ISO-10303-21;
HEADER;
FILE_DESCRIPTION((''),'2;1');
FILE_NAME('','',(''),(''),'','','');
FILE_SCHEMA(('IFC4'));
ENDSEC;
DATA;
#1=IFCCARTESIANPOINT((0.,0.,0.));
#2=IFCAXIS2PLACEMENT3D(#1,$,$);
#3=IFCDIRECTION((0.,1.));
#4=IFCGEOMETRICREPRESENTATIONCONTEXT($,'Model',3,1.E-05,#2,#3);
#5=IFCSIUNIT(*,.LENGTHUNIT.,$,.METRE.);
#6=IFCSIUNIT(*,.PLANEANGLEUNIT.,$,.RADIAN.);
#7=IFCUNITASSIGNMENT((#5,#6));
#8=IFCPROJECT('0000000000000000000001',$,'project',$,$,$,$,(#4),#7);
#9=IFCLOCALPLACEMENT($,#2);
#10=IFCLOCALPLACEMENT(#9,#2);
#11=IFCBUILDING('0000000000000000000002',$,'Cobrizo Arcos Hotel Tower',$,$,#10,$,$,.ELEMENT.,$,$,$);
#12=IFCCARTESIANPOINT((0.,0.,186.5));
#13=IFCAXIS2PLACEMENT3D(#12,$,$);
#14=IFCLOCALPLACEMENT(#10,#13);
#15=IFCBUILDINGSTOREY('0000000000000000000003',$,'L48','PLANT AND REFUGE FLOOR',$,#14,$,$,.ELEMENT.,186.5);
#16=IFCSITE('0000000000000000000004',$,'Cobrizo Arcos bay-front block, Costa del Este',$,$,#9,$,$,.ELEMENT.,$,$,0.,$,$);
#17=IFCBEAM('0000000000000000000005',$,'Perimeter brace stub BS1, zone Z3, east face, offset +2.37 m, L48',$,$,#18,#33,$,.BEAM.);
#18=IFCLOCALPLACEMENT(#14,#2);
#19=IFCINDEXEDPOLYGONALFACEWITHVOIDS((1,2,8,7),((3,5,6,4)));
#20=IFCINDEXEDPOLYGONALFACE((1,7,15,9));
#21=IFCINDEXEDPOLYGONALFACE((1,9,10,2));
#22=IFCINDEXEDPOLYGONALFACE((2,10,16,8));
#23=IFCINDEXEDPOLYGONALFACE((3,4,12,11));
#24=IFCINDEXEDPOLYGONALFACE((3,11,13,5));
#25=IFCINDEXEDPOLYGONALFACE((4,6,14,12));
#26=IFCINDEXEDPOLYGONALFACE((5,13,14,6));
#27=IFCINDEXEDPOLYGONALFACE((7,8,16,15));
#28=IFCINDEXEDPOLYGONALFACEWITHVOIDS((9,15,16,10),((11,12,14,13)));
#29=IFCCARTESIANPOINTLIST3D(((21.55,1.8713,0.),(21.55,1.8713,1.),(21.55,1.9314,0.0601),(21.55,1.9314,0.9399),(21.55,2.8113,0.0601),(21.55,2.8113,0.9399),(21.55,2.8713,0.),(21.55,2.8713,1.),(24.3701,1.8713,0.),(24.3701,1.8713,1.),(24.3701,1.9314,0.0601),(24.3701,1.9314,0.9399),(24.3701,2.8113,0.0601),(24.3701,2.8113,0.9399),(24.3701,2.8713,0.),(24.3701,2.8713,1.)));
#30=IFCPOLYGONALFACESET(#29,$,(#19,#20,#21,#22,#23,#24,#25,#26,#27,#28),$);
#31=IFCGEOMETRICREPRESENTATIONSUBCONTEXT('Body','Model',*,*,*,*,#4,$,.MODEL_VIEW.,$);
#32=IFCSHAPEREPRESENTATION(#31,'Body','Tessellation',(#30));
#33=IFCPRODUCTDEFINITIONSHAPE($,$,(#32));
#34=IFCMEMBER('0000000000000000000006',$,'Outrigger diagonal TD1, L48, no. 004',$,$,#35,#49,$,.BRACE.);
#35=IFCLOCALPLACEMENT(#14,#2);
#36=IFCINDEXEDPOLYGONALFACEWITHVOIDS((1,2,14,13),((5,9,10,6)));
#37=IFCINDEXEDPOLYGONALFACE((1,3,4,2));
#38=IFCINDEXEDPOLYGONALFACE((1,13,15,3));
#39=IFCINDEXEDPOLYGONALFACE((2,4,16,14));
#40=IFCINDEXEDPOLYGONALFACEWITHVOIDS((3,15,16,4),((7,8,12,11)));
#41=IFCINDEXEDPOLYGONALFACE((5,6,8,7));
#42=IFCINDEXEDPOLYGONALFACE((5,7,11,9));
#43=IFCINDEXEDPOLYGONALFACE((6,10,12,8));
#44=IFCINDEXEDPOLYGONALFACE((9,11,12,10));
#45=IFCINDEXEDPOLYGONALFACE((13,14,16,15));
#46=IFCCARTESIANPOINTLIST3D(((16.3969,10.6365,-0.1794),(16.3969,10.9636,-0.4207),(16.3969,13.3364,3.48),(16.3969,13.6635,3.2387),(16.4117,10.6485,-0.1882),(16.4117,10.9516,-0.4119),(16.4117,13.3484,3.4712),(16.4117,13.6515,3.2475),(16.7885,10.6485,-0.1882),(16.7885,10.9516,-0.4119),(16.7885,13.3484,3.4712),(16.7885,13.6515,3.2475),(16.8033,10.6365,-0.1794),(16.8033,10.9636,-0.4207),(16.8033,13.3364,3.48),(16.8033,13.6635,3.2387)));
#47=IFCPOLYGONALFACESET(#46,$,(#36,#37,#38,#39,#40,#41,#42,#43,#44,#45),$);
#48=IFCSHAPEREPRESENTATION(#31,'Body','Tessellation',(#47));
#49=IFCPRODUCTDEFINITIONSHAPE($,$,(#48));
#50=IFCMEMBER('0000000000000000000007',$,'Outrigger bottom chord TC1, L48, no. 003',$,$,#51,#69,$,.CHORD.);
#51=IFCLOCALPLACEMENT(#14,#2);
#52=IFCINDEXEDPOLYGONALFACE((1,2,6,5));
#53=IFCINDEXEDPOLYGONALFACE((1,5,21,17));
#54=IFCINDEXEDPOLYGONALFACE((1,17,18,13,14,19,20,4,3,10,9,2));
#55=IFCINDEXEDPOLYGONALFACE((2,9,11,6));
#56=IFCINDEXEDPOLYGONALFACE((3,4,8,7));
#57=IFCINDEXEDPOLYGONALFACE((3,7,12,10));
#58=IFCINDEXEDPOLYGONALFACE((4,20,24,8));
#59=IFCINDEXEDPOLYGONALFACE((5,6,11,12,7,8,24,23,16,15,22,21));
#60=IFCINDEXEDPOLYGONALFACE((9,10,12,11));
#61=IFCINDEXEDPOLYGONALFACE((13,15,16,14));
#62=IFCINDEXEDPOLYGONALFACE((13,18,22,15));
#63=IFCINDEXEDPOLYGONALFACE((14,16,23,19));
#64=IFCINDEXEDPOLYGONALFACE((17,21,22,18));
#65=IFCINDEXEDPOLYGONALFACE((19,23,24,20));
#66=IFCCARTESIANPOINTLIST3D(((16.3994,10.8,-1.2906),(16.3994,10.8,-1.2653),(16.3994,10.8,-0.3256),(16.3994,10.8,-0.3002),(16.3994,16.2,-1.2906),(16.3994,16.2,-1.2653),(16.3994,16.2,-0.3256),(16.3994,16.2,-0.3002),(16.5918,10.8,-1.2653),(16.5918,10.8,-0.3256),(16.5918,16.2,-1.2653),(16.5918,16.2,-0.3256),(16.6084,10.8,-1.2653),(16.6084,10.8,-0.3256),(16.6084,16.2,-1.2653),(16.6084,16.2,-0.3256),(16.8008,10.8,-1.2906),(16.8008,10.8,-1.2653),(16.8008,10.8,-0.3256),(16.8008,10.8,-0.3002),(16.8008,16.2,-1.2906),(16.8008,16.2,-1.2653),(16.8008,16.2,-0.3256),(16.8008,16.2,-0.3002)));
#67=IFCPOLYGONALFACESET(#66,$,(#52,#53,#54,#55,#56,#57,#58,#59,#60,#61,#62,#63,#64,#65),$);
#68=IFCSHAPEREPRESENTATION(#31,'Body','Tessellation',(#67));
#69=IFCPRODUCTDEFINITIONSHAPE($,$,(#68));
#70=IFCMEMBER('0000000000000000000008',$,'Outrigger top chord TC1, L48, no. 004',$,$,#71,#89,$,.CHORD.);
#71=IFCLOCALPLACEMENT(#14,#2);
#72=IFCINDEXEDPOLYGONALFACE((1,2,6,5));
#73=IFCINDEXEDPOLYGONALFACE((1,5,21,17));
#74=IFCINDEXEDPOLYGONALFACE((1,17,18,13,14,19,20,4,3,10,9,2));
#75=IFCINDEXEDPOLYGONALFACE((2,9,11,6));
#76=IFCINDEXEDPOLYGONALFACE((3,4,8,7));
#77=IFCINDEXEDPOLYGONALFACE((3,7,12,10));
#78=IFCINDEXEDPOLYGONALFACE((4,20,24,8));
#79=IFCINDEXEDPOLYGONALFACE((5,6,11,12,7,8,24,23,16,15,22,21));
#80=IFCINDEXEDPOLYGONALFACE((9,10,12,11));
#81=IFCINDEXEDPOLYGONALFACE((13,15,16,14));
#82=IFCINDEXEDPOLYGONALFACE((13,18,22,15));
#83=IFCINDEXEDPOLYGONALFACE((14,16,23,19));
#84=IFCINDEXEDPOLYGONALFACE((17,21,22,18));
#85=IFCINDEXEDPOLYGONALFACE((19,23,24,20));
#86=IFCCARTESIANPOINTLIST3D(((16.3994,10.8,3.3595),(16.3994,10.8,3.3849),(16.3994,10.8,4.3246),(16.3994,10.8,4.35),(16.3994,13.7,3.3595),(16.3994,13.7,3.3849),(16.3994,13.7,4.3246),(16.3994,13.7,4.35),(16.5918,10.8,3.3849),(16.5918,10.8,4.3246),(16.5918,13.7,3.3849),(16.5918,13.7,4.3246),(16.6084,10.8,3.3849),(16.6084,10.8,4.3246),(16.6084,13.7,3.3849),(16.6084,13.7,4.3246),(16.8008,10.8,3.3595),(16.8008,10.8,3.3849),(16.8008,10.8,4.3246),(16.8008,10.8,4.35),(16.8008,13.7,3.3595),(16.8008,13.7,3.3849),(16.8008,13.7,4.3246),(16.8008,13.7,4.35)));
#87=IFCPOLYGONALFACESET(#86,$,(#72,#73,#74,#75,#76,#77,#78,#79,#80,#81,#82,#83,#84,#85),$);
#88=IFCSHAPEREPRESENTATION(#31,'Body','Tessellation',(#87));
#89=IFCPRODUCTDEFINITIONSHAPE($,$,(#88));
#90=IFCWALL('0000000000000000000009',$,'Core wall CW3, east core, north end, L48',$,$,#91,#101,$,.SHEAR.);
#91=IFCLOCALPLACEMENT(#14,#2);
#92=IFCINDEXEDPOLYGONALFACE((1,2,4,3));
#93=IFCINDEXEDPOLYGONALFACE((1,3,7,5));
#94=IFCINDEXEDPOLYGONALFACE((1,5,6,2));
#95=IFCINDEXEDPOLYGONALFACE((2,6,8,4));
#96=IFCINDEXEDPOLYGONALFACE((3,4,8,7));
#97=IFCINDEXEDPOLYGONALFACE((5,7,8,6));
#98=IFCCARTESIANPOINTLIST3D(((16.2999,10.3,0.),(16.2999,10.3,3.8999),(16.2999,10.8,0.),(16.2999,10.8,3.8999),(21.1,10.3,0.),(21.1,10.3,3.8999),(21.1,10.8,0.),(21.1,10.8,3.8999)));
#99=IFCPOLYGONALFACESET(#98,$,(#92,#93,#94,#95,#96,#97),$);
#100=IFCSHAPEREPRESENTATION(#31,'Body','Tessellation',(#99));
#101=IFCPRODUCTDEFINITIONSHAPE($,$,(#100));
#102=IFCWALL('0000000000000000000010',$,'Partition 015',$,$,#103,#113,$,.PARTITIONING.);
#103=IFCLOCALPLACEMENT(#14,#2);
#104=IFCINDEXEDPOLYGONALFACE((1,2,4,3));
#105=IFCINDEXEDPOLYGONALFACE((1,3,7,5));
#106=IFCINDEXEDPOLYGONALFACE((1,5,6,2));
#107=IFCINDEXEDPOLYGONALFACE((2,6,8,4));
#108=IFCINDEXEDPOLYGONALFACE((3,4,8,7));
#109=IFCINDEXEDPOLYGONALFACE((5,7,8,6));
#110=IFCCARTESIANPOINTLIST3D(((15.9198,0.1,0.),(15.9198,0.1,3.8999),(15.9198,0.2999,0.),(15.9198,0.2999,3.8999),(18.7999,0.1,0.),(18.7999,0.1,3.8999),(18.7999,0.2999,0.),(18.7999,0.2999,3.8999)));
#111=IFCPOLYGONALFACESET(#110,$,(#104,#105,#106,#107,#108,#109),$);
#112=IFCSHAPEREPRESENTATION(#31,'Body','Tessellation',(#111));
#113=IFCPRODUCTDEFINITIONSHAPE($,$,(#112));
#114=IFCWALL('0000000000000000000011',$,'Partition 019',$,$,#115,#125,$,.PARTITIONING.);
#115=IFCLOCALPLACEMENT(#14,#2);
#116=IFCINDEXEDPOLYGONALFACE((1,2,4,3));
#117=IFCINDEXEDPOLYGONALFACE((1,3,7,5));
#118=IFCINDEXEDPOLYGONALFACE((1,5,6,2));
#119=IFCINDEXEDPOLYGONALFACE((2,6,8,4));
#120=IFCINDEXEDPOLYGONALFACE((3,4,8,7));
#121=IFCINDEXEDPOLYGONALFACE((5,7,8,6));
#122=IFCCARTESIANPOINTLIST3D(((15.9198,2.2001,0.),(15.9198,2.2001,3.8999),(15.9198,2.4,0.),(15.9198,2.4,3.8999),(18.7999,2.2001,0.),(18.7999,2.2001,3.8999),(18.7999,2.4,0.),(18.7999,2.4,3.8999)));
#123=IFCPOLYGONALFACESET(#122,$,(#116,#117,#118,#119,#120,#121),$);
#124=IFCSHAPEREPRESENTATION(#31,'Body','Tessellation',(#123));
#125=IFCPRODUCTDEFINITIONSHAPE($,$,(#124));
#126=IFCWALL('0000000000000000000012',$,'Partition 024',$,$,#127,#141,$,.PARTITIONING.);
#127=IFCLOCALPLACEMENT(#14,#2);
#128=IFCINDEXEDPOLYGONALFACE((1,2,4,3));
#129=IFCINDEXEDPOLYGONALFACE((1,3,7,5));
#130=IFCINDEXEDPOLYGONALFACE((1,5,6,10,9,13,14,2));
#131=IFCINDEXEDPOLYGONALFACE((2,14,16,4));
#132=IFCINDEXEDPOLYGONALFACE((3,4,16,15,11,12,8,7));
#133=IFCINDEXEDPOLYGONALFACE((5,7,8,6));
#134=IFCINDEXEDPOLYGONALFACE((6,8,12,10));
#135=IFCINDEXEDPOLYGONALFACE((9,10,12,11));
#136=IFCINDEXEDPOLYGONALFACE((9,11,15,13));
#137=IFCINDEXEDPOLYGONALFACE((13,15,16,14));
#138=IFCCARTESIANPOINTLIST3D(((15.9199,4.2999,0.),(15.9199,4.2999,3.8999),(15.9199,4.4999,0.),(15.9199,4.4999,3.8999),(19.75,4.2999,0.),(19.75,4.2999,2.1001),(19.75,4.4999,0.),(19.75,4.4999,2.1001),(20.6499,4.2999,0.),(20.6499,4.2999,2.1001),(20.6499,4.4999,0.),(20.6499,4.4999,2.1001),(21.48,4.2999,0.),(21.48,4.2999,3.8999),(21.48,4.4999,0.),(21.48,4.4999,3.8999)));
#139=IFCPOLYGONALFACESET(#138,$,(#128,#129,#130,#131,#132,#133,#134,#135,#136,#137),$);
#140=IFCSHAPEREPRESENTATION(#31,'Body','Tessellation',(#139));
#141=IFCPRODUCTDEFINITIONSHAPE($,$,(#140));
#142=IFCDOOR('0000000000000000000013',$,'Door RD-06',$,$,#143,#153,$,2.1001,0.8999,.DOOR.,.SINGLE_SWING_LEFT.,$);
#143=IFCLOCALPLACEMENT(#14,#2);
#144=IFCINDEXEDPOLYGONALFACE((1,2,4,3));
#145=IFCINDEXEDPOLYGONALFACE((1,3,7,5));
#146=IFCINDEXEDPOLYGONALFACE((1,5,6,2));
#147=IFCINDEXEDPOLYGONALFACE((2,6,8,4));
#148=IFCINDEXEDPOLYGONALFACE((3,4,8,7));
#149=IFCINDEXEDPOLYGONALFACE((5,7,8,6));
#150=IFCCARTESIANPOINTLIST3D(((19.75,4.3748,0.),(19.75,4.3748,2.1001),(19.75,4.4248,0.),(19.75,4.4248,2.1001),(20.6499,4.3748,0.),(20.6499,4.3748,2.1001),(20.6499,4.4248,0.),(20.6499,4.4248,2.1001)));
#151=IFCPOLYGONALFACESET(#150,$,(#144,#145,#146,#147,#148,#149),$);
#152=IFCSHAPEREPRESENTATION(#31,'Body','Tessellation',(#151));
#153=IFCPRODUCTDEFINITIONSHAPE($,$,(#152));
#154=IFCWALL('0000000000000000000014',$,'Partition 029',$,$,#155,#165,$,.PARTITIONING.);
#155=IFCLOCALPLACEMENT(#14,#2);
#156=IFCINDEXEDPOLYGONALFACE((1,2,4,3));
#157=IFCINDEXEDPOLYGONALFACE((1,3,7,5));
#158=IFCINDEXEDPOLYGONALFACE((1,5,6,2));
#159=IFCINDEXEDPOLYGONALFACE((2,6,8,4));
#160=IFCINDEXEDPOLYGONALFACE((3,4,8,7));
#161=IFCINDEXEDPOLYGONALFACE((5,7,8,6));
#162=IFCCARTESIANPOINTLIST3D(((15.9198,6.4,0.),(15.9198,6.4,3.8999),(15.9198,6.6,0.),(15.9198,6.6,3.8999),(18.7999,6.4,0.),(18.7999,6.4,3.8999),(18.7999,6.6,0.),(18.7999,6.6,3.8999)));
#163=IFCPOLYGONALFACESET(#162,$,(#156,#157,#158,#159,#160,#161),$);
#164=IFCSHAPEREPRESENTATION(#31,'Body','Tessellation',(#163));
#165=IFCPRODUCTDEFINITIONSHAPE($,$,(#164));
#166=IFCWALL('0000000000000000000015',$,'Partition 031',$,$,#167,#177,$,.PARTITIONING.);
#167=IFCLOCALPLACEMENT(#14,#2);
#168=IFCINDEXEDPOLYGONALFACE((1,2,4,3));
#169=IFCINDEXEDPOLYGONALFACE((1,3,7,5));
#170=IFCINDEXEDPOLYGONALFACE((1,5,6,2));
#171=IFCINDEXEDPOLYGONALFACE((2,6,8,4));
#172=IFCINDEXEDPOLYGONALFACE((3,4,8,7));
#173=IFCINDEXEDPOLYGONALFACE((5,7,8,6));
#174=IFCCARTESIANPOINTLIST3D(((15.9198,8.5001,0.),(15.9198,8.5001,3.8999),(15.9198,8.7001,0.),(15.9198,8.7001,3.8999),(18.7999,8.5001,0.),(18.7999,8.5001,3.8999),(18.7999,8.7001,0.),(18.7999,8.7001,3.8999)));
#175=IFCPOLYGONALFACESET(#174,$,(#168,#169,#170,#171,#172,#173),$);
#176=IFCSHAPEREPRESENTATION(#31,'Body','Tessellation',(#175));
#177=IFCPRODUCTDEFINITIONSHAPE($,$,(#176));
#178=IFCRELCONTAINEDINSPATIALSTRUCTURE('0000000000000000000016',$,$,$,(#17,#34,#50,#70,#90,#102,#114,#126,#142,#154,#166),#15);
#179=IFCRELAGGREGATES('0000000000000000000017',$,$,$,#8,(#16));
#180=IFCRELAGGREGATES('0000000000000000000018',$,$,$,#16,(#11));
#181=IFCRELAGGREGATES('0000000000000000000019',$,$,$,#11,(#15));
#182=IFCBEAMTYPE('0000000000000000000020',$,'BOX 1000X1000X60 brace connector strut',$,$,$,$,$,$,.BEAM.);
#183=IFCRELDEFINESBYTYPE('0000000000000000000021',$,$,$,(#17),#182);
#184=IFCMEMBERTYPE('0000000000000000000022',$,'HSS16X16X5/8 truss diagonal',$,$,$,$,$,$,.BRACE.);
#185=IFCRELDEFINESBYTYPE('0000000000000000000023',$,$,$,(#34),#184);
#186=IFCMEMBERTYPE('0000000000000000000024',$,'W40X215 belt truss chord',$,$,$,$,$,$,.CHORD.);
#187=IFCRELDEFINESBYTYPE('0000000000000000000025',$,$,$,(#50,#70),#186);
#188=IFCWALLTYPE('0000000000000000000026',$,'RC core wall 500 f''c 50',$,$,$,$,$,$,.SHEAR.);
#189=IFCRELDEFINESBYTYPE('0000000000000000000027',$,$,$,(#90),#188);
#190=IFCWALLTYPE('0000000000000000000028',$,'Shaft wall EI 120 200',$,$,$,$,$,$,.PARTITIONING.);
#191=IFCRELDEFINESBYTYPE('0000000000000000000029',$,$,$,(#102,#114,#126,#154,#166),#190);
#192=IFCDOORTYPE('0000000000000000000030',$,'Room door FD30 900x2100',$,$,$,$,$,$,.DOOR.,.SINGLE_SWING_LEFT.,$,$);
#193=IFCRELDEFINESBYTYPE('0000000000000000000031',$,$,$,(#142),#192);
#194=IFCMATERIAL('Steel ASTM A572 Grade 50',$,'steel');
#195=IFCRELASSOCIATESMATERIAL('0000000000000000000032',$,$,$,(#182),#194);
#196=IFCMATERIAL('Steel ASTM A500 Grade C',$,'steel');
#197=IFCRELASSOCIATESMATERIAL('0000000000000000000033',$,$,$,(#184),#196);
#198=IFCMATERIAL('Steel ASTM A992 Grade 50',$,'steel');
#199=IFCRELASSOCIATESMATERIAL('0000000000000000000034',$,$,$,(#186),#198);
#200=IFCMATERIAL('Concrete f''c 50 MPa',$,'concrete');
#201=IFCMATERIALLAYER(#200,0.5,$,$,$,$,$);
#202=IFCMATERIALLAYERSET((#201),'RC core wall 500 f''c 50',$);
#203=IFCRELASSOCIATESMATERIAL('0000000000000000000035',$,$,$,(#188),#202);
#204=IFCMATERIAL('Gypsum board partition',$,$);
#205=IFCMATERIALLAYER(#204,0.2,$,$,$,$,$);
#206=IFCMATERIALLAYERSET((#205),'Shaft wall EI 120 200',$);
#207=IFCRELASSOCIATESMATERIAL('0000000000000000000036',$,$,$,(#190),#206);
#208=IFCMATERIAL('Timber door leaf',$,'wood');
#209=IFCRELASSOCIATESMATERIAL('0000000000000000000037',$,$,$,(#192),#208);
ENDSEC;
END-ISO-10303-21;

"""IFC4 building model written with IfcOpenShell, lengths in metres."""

from ifc_helpers import new_model, si_unit, direction, frame, frame_2d, origin, origin_2d, place, context, subcontext, project, spatial, rectangle, hollow_rectangle, i_section, extrude, material, layer, layer_set, material_profile, profile_set, type_object, element, fill, save


model = new_model("IFC4")

# Units and contexts
model_context = context("Model", 3, precision=1e-05, world=origin(), true_north=direction((0.0, 1.0)))
body_context = subcontext(model_context, "Body", "Model", "MODEL_VIEW")
ifc_project = project(units=[si_unit("LENGTHUNIT", "METRE"), si_unit("PLANEANGLEUNIT", "RADIAN")], contexts=[model_context])

# Site, building, storey
site_placement = place(None, origin())
site = spatial("IfcSite", under=ifc_project, at=site_placement, Name="Cobrizo Arcos bay-front block, Costa del Este", CompositionType="ELEMENT", RefElevation=0.0)
building_placement = place(site_placement, origin())
building = spatial("IfcBuilding", under=site, at=building_placement, Name="Cobrizo Arcos Hotel Tower", CompositionType="ELEMENT")
storey_placement = place(building_placement, frame((0.0, 0.0, 186.5)))
storey = spatial("IfcBuildingStorey", under=building, at=storey_placement, Name="L48", Description="PLANT AND REFUGE FLOOR", CompositionType="ELEMENT", Elevation=186.5)

# Beam
ifc_material_1 = material(Name="Steel ASTM A572 Grade 50", Category="steel")
ifc_material_profile_1 = material_profile(ifc_material_1, hollow_rectangle(XDim=1.0, YDim=1.0, WallThickness=0.0601, at=origin_2d()), Name="BOX 1000X1000X60")
ifc_profile_set_1 = profile_set([ifc_material_profile_1], Name="Steel ASTM A572 Grade 50")
beam_type = type_object("IfcBeamType", Name="BOX 1000X1000X60 brace connector strut", PredefinedType="BEAM", material=ifc_profile_set_1)
beam_placement = place(storey_placement, frame((21.55, 2.3713, 0.5), z_axis=(1.0, 0.0, 0.0), x_axis=(0.0, 1.0, 0.0)))
element("IfcBeam", 1, at=beam_placement, inside=storey, type_object=beam_type, Name="Perimeter brace stub BS1, zone Z3, east face, offset +2.37 m, L48", PredefinedType="BEAM", context=body_context, shape_type="SweptSolid", body=[
    extrude(hollow_rectangle(XDim=1.0, YDim=1.0, WallThickness=0.0601, at=origin_2d()), origin(), (0.0, 0.0, 1.0), 2.8201),
])

# Members
ifc_material_2 = material(Name="Steel ASTM A500 Grade C", Category="steel")
ifc_material_profile_2 = material_profile(ifc_material_2, hollow_rectangle(XDim=0.4065, YDim=0.4065, WallThickness=0.0149, at=origin_2d()), Name="HSS16X16X5/8")
ifc_profile_set_2 = profile_set([ifc_material_profile_2], Name="Steel ASTM A500 Grade C")
member_type_1 = type_object("IfcMemberType", Name="HSS16X16X5/8 truss diagonal", PredefinedType="BRACE", material=ifc_profile_set_2)
member_1_placement = place(storey_placement, frame((16.6001, 10.8, -0.3), z_axis=(0.0, 0.593703, 0.804685), x_axis=(-1.0, 0.0, 0.0)))
element("IfcMember", 2, at=member_1_placement, inside=storey, type_object=member_type_1, Name="Outrigger diagonal TD1, L48, no. 004", PredefinedType="BRACE", context=body_context, shape_type="SweptSolid", body=[
    extrude(hollow_rectangle(XDim=0.4065, YDim=0.4065, WallThickness=0.0149, at=origin_2d()), origin(), (0.0, 0.0, 1.0), 4.5476),
])
ifc_material_3 = material(Name="Steel ASTM A992 Grade 50", Category="steel")
ifc_material_profile_3 = material_profile(ifc_material_3, i_section(OverallWidth=0.4014, OverallDepth=0.9905, WebThickness=0.0166, FlangeThickness=0.0254, at=origin_2d()), Name="W40X215")
ifc_profile_set_3 = profile_set([ifc_material_profile_3], Name="Steel ASTM A992 Grade 50")
member_type_2 = type_object("IfcMemberType", Name="W40X215 belt truss chord", PredefinedType="CHORD", material=ifc_profile_set_3)
member_2_placement = place(storey_placement, frame((16.6001, 10.8, -0.7954), z_axis=(0.0, 1.0, 0.0), x_axis=(-1.0, 0.0, 0.0)))
element("IfcMember", 3, at=member_2_placement, inside=storey, type_object=member_type_2, Name="Outrigger bottom chord TC1, L48, no. 003", PredefinedType="CHORD", context=body_context, shape_type="SweptSolid", body=[
    extrude(i_section(OverallWidth=0.4014, OverallDepth=0.9905, WebThickness=0.0166, FlangeThickness=0.0254, at=origin_2d()), origin(), (0.0, 0.0, 1.0), 5.3999),
])
member_3_placement = place(storey_placement, frame((16.6001, 10.8, 3.8547), z_axis=(0.0, 1.0, 0.0), x_axis=(-1.0, 0.0, 0.0)))
element("IfcMember", 4, at=member_3_placement, inside=storey, type_object=member_type_2, Name="Outrigger top chord TC1, L48, no. 004", PredefinedType="CHORD", context=body_context, shape_type="SweptSolid", body=[
    extrude(i_section(OverallWidth=0.4014, OverallDepth=0.9905, WebThickness=0.0166, FlangeThickness=0.0254, at=origin_2d()), origin(), (0.0, 0.0, 1.0), 2.8999),
])

# Walls
ifc_material_4 = material(Name="Concrete f'c 50 MPa", Category="concrete")
ifc_layer_1 = layer(ifc_material_4, 0.5)
ifc_layer_set_1 = layer_set([ifc_layer_1], Name="RC core wall 500 f'c 50")
wall_type_1 = type_object("IfcWallType", Name="RC core wall 500 f'c 50", PredefinedType="SHEAR", material=ifc_layer_set_1)
wall_1_placement = place(storey_placement, frame((16.3, 10.55, 0.0), z_axis=(0.0, 0.0, 1.0), x_axis=(1.0, 0.0, 0.0)))
element("IfcWall", 5, at=wall_1_placement, inside=storey, type_object=wall_type_1, Name="Core wall CW3, east core, north end, L48", PredefinedType="SHEAR", context=body_context, shape_type="SweptSolid", body=[
    extrude(rectangle(XDim=4.8, YDim=0.5, at=frame_2d((2.3999, 0.0))), origin(), (0.0, 0.0, 1.0), 3.8999),
])
ifc_material_5 = material(Name="Gypsum board partition")
ifc_layer_2 = layer(ifc_material_5, 0.2)
ifc_layer_set_2 = layer_set([ifc_layer_2], Name="Shaft wall EI 120 200")
wall_type_2 = type_object("IfcWallType", Name="Shaft wall EI 120 200", PredefinedType="PARTITIONING", material=ifc_layer_set_2)
for number, where, z_axis, x_axis, name in (
    (6, (15.9199, 0.2, 0.0), (0.0, 0.0, 1.0), (1.0, 0.0, 0.0), "Partition 015"),
    (7, (15.9199, 2.3, 0.0), (0.0, 0.0, 1.0), (1.0, 0.0, 0.0), "Partition 019"),
):
    element("IfcWall", number, at=place(storey_placement, frame(where, z_axis=z_axis, x_axis=x_axis)), inside=storey, type_object=wall_type_2, Name=name, PredefinedType="PARTITIONING", context=body_context, shape_type="SweptSolid", body=[
        extrude(rectangle(XDim=2.8801, YDim=0.2, at=frame_2d((1.4399, 0.0))), origin(), (0.0, 0.0, 1.0), 3.8999),
    ])

# Wall, opening, door
wall_2_placement = place(storey_placement, frame((15.9199, 4.3999, 0.0), z_axis=(0.0, 0.0, 1.0), x_axis=(1.0, 0.0, 0.0)))
wall_2 = element("IfcWall", 8, at=wall_2_placement, inside=storey, type_object=wall_type_2, Name="Partition 024", PredefinedType="PARTITIONING", context=body_context, shape_type="SweptSolid", body=[
    extrude(rectangle(XDim=5.5601, YDim=0.2, at=frame_2d((2.78, 0.0))), origin(), (0.0, 0.0, 1.0), 3.8999),
])
opening_placement = place(wall_2_placement, frame((3.8301, 0.0, 0.0)))
opening = element("IfcOpeningElement", 9, at=opening_placement, cuts=wall_2, PredefinedType="OPENING", context=body_context, shape_type="SweptSolid", body=[
    extrude(rectangle(XDim=0.8999, YDim=2.1001, at=frame_2d((0.45, 1.05))), frame((0.0, 0.1121, 0.0), z_axis=(0.0, -1.0, 0.0), x_axis=(1.0, 0.0, 0.0)), (0.0, 0.0, 1.0), 0.2239),
])
ifc_material_6 = material(Name="Timber door leaf", Category="wood")
door_type = type_object("IfcDoorType", Name="Room door FD30 900x2100", OperationType="SINGLE_SWING_LEFT", PredefinedType="DOOR", material=ifc_material_6)
door_placement = place(opening_placement, origin())
door = element("IfcDoor", 10, at=door_placement, inside=storey, type_object=door_type, Name="Door RD-06", OperationType="SINGLE_SWING_LEFT", OverallHeight=2.1001, OverallWidth=0.8999, PredefinedType="DOOR", context=body_context, shape_type="SweptSolid", body=[
    extrude(rectangle(XDim=0.8999, YDim=2.1001, at=frame_2d((0.45, 1.05))), frame((0.0, 0.0249, 0.0), z_axis=(0.0, -1.0, 0.0), x_axis=(1.0, 0.0, 0.0)), (0.0, 0.0, 1.0), 0.05),
])
fill(opening, door)

# Walls
for number, where, z_axis, x_axis, name in (
    (11, (15.9199, 6.5, 0.0), (0.0, 0.0, 1.0), (1.0, 0.0, 0.0), "Partition 029"),
    (12, (15.9199, 8.6001, 0.0), (0.0, 0.0, 1.0), (1.0, 0.0, 0.0), "Partition 031"),
):
    element("IfcWall", number, at=place(storey_placement, frame(where, z_axis=z_axis, x_axis=x_axis)), inside=storey, type_object=wall_type_2, Name=name, PredefinedType="PARTITIONING", context=body_context, shape_type="SweptSolid", body=[
        extrude(rectangle(XDim=2.8801, YDim=0.2, at=frame_2d((1.4399, 0.0))), origin(), (0.0, 0.0, 1.0), 3.8999),
    ])

save(model, "model.ifc")
